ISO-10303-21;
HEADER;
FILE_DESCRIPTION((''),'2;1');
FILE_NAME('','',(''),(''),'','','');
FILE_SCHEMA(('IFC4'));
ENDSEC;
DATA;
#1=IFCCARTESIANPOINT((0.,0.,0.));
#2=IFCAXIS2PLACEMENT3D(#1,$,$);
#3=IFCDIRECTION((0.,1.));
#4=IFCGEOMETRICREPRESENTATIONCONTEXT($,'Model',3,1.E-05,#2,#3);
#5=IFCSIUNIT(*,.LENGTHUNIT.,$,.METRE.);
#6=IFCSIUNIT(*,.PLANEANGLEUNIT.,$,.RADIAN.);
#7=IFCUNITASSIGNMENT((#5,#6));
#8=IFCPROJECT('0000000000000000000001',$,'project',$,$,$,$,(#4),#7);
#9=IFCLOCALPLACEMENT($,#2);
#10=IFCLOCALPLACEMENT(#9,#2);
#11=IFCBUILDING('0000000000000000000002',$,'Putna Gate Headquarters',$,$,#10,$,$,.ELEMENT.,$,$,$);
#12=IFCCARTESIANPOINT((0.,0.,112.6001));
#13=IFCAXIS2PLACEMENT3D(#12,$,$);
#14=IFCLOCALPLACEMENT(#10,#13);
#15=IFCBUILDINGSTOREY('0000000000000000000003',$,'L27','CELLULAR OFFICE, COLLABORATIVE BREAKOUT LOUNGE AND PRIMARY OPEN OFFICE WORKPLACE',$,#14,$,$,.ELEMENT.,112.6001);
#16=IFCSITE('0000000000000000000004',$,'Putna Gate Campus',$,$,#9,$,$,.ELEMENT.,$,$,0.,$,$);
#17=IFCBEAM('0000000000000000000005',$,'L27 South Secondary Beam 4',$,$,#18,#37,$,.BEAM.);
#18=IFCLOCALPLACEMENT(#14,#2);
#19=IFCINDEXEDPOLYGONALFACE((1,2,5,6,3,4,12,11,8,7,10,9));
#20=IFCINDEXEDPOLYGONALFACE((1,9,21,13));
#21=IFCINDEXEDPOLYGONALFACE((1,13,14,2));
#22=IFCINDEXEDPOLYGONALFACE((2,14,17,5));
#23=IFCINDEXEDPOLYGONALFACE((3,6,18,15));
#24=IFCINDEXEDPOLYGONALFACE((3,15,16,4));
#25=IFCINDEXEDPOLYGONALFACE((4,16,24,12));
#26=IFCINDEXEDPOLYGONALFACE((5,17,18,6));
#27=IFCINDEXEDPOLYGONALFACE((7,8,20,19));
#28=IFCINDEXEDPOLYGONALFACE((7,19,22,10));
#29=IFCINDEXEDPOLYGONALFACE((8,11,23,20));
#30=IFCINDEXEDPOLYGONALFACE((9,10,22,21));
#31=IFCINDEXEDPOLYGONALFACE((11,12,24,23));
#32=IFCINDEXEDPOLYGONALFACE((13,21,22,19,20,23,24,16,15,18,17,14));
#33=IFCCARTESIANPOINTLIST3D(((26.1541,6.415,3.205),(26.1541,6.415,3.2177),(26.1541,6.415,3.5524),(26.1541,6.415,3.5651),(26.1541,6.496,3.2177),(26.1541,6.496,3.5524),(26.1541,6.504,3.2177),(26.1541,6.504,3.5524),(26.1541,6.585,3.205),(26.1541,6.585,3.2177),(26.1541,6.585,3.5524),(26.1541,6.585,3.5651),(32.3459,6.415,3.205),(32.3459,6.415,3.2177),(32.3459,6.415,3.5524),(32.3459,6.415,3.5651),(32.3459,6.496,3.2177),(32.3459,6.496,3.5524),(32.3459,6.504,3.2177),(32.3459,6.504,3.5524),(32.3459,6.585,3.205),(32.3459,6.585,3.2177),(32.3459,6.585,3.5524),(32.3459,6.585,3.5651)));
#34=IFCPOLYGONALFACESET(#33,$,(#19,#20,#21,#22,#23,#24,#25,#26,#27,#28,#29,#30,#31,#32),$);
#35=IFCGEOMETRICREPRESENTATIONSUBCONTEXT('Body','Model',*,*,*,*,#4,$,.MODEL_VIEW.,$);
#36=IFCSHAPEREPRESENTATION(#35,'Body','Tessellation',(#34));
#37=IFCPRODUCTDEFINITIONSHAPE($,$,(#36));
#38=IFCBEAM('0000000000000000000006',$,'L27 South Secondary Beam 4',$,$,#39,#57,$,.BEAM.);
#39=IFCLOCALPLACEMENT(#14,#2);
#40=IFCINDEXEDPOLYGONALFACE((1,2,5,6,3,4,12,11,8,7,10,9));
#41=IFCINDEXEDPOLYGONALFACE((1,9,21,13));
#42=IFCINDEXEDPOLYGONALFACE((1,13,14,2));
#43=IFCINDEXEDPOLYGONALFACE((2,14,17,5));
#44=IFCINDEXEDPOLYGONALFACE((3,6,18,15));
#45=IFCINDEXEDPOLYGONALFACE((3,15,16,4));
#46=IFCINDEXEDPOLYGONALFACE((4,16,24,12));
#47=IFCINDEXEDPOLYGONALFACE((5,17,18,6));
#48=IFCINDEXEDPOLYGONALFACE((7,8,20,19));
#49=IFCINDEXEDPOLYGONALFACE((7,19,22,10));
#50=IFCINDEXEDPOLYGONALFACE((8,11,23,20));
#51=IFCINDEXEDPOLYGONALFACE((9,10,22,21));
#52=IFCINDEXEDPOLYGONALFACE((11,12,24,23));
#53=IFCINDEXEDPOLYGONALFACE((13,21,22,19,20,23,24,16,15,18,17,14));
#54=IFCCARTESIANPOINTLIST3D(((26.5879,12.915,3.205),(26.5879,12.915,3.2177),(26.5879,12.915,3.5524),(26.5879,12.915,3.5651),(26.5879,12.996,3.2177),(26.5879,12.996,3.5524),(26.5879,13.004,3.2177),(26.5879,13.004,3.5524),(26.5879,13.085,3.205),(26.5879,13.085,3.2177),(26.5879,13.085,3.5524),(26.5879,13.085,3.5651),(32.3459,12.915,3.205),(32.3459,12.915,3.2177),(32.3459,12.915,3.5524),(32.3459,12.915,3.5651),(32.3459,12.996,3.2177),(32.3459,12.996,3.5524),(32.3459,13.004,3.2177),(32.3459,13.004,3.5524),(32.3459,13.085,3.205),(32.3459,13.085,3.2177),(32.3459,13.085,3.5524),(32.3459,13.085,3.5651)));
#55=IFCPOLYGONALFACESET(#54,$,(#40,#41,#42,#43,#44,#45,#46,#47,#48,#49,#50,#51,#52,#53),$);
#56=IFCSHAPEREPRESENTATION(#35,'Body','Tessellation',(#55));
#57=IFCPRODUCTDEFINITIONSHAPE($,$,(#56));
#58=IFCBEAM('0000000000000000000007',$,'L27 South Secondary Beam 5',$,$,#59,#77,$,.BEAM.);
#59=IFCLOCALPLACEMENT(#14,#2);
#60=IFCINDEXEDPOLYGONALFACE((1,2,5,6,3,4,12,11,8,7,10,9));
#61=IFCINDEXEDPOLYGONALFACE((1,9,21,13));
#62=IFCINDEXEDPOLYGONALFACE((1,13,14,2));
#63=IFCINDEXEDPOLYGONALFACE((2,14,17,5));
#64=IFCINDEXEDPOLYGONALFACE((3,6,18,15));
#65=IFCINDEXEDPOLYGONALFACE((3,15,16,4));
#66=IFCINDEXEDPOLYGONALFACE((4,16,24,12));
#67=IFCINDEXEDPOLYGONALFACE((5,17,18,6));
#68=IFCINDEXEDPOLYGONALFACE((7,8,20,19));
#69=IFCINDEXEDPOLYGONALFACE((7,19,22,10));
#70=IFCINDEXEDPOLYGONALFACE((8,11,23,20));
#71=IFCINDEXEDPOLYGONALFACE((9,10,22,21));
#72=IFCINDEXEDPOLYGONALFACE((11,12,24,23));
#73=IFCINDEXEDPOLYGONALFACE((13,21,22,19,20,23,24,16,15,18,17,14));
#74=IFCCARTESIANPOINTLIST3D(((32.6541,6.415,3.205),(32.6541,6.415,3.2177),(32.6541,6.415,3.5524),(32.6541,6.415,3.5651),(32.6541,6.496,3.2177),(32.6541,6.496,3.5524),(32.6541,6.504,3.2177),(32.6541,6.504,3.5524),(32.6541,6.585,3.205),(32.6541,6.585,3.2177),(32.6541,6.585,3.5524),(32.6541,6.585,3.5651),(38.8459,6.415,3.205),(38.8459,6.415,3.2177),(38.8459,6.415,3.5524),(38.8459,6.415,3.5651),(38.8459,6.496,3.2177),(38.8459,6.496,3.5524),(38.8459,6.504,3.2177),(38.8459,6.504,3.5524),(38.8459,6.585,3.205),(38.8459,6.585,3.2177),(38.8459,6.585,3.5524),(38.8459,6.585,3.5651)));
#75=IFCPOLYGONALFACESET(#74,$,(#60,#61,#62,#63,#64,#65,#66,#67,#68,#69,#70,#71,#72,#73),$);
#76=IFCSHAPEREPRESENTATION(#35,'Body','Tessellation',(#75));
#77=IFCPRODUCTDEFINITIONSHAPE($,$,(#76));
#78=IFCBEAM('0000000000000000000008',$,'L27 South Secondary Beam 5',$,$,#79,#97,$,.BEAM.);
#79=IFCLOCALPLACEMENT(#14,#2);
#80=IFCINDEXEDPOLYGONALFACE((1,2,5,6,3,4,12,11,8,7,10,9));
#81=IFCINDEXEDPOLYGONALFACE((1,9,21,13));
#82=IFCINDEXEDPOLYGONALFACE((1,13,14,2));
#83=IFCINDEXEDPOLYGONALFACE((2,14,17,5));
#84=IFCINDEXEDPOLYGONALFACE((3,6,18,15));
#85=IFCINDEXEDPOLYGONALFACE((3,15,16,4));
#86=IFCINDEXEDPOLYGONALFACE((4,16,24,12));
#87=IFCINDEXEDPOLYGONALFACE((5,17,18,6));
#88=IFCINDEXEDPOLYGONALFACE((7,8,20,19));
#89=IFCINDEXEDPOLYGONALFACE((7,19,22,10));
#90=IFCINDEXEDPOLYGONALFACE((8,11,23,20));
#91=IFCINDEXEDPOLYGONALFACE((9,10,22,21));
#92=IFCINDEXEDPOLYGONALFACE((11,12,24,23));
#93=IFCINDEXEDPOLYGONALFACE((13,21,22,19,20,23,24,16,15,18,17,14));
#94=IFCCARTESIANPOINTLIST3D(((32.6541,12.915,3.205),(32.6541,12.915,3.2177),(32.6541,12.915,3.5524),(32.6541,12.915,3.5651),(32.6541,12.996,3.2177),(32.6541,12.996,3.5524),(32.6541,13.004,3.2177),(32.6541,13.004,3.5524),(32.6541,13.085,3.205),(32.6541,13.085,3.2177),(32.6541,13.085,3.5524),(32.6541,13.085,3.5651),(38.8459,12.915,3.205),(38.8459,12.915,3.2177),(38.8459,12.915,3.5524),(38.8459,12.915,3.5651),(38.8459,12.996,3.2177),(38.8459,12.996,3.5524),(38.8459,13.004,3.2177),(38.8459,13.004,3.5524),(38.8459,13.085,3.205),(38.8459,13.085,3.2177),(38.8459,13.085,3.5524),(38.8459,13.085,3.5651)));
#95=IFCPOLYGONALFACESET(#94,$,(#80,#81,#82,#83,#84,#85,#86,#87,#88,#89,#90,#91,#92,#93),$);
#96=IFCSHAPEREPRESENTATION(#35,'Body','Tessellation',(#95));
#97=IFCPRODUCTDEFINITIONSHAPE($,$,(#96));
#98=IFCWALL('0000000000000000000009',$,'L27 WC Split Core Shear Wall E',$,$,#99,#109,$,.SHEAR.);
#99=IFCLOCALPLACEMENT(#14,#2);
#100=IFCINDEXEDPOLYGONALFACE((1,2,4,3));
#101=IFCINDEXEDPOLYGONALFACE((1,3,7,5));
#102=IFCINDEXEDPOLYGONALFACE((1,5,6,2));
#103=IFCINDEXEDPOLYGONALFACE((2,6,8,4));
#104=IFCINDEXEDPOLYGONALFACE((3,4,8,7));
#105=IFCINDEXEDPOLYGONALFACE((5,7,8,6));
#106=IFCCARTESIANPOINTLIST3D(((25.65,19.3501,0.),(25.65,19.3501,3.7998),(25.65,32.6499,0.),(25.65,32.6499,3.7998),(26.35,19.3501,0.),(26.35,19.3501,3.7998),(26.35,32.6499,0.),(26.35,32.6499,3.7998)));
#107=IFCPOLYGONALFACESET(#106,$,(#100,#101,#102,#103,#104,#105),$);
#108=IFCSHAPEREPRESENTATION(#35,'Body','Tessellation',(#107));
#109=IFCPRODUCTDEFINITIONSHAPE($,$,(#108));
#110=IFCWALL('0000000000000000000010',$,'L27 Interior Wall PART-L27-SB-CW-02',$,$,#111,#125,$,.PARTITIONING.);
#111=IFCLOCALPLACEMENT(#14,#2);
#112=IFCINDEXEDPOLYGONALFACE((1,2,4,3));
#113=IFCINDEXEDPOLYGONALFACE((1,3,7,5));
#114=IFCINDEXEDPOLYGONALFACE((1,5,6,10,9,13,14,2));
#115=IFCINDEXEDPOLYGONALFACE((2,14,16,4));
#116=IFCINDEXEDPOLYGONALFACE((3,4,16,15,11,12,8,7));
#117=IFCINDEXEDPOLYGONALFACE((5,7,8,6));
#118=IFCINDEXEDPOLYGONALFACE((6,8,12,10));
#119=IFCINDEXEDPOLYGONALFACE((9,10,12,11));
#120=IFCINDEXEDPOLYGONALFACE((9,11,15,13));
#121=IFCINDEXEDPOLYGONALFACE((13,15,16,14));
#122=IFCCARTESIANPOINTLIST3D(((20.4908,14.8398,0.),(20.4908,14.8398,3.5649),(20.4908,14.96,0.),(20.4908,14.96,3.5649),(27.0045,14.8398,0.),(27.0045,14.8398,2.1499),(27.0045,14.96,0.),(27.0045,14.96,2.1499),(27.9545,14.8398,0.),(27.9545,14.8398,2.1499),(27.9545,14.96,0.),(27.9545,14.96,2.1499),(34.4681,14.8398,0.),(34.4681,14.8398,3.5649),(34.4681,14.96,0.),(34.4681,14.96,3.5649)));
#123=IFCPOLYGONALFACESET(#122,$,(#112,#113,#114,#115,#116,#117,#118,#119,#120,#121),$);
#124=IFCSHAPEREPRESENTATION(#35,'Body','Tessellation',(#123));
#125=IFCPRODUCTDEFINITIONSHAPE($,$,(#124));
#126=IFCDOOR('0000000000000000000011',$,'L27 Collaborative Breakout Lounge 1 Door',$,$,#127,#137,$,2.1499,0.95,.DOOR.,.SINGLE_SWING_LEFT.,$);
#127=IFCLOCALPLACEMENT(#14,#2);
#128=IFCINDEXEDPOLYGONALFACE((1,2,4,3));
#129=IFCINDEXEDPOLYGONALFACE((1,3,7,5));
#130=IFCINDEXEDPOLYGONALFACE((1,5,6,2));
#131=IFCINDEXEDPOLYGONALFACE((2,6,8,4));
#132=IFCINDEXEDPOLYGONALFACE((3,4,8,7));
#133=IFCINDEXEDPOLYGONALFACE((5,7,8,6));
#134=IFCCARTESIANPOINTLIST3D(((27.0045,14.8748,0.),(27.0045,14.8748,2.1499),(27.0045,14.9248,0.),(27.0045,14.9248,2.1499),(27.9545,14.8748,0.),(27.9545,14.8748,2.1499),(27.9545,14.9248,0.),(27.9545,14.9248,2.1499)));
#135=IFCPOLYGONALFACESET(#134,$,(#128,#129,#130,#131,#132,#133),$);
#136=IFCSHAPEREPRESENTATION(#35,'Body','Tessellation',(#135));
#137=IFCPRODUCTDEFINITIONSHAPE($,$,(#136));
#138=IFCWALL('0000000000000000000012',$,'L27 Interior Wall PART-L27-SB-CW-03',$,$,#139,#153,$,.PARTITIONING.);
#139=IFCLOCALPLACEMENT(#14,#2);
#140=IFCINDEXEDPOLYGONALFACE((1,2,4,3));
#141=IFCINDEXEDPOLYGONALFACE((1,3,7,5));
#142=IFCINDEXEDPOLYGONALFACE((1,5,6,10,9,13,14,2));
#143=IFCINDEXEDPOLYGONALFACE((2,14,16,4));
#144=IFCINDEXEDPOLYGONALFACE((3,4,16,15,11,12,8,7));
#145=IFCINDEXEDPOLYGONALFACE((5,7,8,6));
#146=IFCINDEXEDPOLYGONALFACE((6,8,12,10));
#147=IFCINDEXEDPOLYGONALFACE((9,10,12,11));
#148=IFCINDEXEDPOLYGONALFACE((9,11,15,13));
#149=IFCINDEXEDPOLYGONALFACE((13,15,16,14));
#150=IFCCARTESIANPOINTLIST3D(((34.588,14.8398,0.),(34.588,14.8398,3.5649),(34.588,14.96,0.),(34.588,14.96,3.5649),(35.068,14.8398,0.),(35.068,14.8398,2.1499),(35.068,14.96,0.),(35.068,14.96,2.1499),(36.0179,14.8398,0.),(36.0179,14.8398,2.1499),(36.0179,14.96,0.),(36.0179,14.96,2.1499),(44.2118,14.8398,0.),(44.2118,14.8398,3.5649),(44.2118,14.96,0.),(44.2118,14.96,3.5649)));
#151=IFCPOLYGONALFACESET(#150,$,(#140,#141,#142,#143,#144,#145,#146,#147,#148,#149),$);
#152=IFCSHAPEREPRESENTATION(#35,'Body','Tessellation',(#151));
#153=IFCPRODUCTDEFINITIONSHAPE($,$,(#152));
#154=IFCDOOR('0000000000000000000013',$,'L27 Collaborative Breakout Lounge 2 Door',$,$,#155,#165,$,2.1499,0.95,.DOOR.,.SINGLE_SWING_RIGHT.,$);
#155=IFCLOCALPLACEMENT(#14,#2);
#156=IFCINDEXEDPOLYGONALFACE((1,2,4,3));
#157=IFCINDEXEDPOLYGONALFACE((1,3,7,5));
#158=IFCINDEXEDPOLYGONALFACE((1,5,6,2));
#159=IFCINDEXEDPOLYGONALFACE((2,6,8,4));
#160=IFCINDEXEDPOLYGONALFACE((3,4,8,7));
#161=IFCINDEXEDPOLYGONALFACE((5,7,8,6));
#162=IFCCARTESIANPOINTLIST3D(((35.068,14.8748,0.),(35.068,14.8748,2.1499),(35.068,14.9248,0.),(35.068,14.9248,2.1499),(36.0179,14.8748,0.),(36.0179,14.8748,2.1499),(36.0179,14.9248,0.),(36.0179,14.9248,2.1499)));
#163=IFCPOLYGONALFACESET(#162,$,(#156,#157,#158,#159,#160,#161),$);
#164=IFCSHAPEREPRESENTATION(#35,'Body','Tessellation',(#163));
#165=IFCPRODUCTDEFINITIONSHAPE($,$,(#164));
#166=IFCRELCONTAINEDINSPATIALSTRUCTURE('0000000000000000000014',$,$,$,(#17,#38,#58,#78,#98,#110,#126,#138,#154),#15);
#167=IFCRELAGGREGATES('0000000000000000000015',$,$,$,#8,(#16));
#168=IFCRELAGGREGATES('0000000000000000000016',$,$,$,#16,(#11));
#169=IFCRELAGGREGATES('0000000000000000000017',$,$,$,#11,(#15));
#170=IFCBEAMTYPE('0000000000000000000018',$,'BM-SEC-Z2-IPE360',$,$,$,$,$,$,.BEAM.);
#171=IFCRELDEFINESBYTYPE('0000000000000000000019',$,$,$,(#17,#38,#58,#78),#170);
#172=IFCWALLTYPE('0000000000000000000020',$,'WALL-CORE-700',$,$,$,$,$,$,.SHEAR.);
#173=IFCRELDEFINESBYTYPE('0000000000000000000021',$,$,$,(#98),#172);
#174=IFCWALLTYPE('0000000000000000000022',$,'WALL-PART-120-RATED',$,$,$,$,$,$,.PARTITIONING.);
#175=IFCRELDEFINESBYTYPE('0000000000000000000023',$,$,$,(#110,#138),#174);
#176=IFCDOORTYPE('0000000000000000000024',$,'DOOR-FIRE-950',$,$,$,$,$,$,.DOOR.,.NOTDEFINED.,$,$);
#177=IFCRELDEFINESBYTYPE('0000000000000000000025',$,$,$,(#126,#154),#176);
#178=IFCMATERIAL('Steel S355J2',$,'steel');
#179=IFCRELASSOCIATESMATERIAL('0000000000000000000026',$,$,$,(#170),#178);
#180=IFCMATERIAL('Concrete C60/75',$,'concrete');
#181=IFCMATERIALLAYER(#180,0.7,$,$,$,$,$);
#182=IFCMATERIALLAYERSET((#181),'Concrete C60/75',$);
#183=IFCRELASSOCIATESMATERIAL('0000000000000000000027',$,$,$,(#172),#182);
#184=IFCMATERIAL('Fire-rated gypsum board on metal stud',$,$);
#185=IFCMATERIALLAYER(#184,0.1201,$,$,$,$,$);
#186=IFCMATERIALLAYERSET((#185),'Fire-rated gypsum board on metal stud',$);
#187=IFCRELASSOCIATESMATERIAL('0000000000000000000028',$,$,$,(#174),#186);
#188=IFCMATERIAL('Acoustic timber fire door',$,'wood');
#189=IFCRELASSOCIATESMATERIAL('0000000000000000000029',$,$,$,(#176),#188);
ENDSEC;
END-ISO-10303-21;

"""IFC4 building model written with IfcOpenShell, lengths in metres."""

from ifc_helpers import new_model, si_unit, direction, frame, frame_2d, origin, origin_2d, place, context, subcontext, project, spatial, rectangle, i_section, extrude, material, layer, layer_set, material_profile, profile_set, type_object, element, fill, save


model = new_model("IFC4")

# Units and contexts
model_context = context("Model", 3, precision=1e-05, world=origin(), true_north=direction((0.0, 1.0)))
body_context = subcontext(model_context, "Body", "Model", "MODEL_VIEW")
ifc_project = project(units=[si_unit("LENGTHUNIT", "METRE"), si_unit("PLANEANGLEUNIT", "RADIAN")], contexts=[model_context])

# Site, building, storey
site_placement = place(None, origin())
site = spatial("IfcSite", under=ifc_project, at=site_placement, Name="Putna Gate Campus", CompositionType="ELEMENT", RefElevation=0.0)
building_placement = place(site_placement, origin())
building = spatial("IfcBuilding", under=site, at=building_placement, Name="Putna Gate Headquarters", CompositionType="ELEMENT")
storey_placement = place(building_placement, frame((0.0, 0.0, 112.6001)))
storey = spatial("IfcBuildingStorey", under=building, at=storey_placement, Name="L27", Description="CELLULAR OFFICE, COLLABORATIVE BREAKOUT LOUNGE AND PRIMARY OPEN OFFICE WORKPLACE", CompositionType="ELEMENT", Elevation=112.6001)

# Shared definitions
ifc_material_1 = material(Name="Concrete C60/75", Category="concrete")

# Beams
ifc_material_2 = material(Name="Steel S355J2", Category="steel")
ifc_material_profile_1 = material_profile(ifc_material_2, i_section(OverallWidth=0.1699, OverallDepth=0.3601, WebThickness=0.0081, FlangeThickness=0.0127, at=origin_2d()), Name="Steel S355J2")
ifc_profile_set_1 = profile_set([ifc_material_profile_1], Name="Steel S355J2")
beam_type_1 = type_object("IfcBeamType", Name="BM-SEC-Z2-IPE360", PredefinedType="BEAM", material=ifc_profile_set_1)
beam_1_placement = place(storey_placement, frame((26.1541, 6.5, 3.385), z_axis=(1.0, 0.0, 0.0), x_axis=(0.0, 1.0, 0.0)))
element("IfcBeam", 1, at=beam_1_placement, inside=storey, type_object=beam_type_1, Name="L27 South Secondary Beam 4", PredefinedType="BEAM", context=body_context, shape_type="SweptSolid", body=[
    extrude(i_section(OverallWidth=0.1699, OverallDepth=0.3601, WebThickness=0.0081, FlangeThickness=0.0127, at=origin_2d()), origin(), (0.0, 0.0, 1.0), 6.1919),
])
beam_2_placement = place(storey_placement, frame((26.5879, 13.0, 3.385), z_axis=(1.0, 0.0, 0.0), x_axis=(0.0, 1.0, 0.0)))
element("IfcBeam", 2, at=beam_2_placement, inside=storey, type_object=beam_type_1, Name="L27 South Secondary Beam 4", PredefinedType="BEAM", context=body_context, shape_type="SweptSolid", body=[
    extrude(i_section(OverallWidth=0.1699, OverallDepth=0.3601, WebThickness=0.0081, FlangeThickness=0.0127, at=origin_2d()), origin(), (0.0, 0.0, 1.0), 5.7581),
])
for number, where, z_axis, x_axis, name in (
    (3, (32.6541, 6.5, 3.385), (1.0, 0.0, 0.0), (0.0, 1.0, 0.0), "L27 South Secondary Beam 5"),
    (4, (32.6541, 13.0, 3.385), (1.0, 0.0, 0.0), (0.0, 1.0, 0.0), "L27 South Secondary Beam 5"),
):
    element("IfcBeam", number, at=place(storey_placement, frame(where, z_axis=z_axis, x_axis=x_axis)), inside=storey, type_object=beam_type_1, Name=name, PredefinedType="BEAM", context=body_context, shape_type="SweptSolid", body=[
        extrude(i_section(OverallWidth=0.1699, OverallDepth=0.3601, WebThickness=0.0081, FlangeThickness=0.0127, at=origin_2d()), origin(), (0.0, 0.0, 1.0), 6.1919),
    ])

# Wall
ifc_layer_1 = layer(ifc_material_1, 0.7)
ifc_layer_set_1 = layer_set([ifc_layer_1], Name="Concrete C60/75")
wall_type_1 = type_object("IfcWallType", Name="WALL-CORE-700", PredefinedType="SHEAR", material=ifc_layer_set_1)
wall_1_placement = place(storey_placement, frame((26.0, 19.3501, 0.0), z_axis=(0.0, 0.0, 1.0), x_axis=(0.0, 1.0, 0.0)))
element("IfcWall", 5, at=wall_1_placement, inside=storey, type_object=wall_type_1, Name="L27 WC Split Core Shear Wall E", PredefinedType="SHEAR", context=body_context, shape_type="SweptSolid", body=[
    extrude(rectangle(XDim=13.2998, YDim=0.7, at=frame_2d((6.6499, 0.0))), origin(), (0.0, 0.0, 1.0), 3.7998),
])

# Walls, openings, doors
ifc_material_3 = material(Name="Fire-rated gypsum board on metal stud")
ifc_layer_2 = layer(ifc_material_3, 0.1201)
ifc_layer_set_2 = layer_set([ifc_layer_2], Name="Fire-rated gypsum board on metal stud")
wall_type_2 = type_object("IfcWallType", Name="WALL-PART-120-RATED", PredefinedType="PARTITIONING", material=ifc_layer_set_2)
wall_2_placement = place(storey_placement, frame((20.4907, 14.8999, 0.0), z_axis=(0.0, 0.0, 1.0), x_axis=(1.0, 0.0, 0.0)))
wall_2 = element("IfcWall", 6, at=wall_2_placement, inside=storey, type_object=wall_type_2, Name="L27 Interior Wall PART-L27-SB-CW-02", PredefinedType="PARTITIONING", context=body_context, shape_type="SweptSolid", body=[
    extrude(rectangle(XDim=13.9773, YDim=0.1201, at=frame_2d((6.9888, 0.0))), origin(), (0.0, 0.0, 1.0), 3.5649),
])
opening_1_placement = place(wall_2_placement, frame((6.5137, 0.0, 0.0)))
opening_1 = element("IfcOpeningElement", 7, at=opening_1_placement, cuts=wall_2, PredefinedType="OPENING", context=body_context, shape_type="SweptSolid", body=[
    extrude(rectangle(XDim=0.95, YDim=2.1499, at=frame_2d((0.4751, 1.075))), frame((0.0, 0.0701, 0.0), z_axis=(0.0, -1.0, 0.0), x_axis=(1.0, 0.0, 0.0)), (0.0, 0.0, 1.0), 0.1401),
])
ifc_material_4 = material(Name="Acoustic timber fire door", Category="wood")
door_type_1 = type_object("IfcDoorType", Name="DOOR-FIRE-950", OperationType="NOTDEFINED", PredefinedType="DOOR", material=ifc_material_4)
door_1_placement = place(opening_1_placement, origin())
door_1 = element("IfcDoor", 8, at=door_1_placement, inside=storey, type_object=door_type_1, Name="L27 Collaborative Breakout Lounge 1 Door", OperationType="SINGLE_SWING_LEFT", OverallHeight=2.1499, OverallWidth=0.95, PredefinedType="DOOR", context=body_context, shape_type="SweptSolid", body=[
    extrude(rectangle(XDim=0.95, YDim=2.1499, at=frame_2d((0.4751, 1.075))), frame((0.0, 0.0249, 0.0), z_axis=(0.0, -1.0, 0.0), x_axis=(1.0, 0.0, 0.0)), (0.0, 0.0, 1.0), 0.05),
])
fill(opening_1, door_1)
wall_3_placement = place(storey_placement, frame((34.5879, 14.8999, 0.0), z_axis=(0.0, 0.0, 1.0), x_axis=(1.0, 0.0, 0.0)))
wall_3 = element("IfcWall", 9, at=wall_3_placement, inside=storey, type_object=wall_type_2, Name="L27 Interior Wall PART-L27-SB-CW-03", PredefinedType="PARTITIONING", context=body_context, shape_type="SweptSolid", body=[
    extrude(rectangle(XDim=9.6238, YDim=0.1201, at=frame_2d((4.812, 0.0))), origin(), (0.0, 0.0, 1.0), 3.5649),
])
opening_2_placement = place(wall_3_placement, frame((0.48, 0.0, 0.0)))
opening_2 = element("IfcOpeningElement", 10, at=opening_2_placement, cuts=wall_3, PredefinedType="OPENING", context=body_context, shape_type="SweptSolid", body=[
    extrude(rectangle(XDim=0.95, YDim=2.1499, at=frame_2d((0.4751, 1.075))), frame((0.0, 0.0701, 0.0), z_axis=(0.0, -1.0, 0.0), x_axis=(1.0, 0.0, 0.0)), (0.0, 0.0, 1.0), 0.1401),
])
door_2_placement = place(opening_2_placement, origin())
door_2 = element("IfcDoor", 11, at=door_2_placement, inside=storey, type_object=door_type_1, Name="L27 Collaborative Breakout Lounge 2 Door", OperationType="SINGLE_SWING_RIGHT", OverallHeight=2.1499, OverallWidth=0.95, PredefinedType="DOOR", context=body_context, shape_type="SweptSolid", body=[
    extrude(rectangle(XDim=0.95, YDim=2.1499, at=frame_2d((0.4751, 1.075))), frame((0.0, 0.0249, 0.0), z_axis=(0.0, -1.0, 0.0), x_axis=(1.0, 0.0, 0.0)), (0.0, 0.0, 1.0), 0.05),
])
fill(opening_2, door_2)

save(model, "model.ifc")
